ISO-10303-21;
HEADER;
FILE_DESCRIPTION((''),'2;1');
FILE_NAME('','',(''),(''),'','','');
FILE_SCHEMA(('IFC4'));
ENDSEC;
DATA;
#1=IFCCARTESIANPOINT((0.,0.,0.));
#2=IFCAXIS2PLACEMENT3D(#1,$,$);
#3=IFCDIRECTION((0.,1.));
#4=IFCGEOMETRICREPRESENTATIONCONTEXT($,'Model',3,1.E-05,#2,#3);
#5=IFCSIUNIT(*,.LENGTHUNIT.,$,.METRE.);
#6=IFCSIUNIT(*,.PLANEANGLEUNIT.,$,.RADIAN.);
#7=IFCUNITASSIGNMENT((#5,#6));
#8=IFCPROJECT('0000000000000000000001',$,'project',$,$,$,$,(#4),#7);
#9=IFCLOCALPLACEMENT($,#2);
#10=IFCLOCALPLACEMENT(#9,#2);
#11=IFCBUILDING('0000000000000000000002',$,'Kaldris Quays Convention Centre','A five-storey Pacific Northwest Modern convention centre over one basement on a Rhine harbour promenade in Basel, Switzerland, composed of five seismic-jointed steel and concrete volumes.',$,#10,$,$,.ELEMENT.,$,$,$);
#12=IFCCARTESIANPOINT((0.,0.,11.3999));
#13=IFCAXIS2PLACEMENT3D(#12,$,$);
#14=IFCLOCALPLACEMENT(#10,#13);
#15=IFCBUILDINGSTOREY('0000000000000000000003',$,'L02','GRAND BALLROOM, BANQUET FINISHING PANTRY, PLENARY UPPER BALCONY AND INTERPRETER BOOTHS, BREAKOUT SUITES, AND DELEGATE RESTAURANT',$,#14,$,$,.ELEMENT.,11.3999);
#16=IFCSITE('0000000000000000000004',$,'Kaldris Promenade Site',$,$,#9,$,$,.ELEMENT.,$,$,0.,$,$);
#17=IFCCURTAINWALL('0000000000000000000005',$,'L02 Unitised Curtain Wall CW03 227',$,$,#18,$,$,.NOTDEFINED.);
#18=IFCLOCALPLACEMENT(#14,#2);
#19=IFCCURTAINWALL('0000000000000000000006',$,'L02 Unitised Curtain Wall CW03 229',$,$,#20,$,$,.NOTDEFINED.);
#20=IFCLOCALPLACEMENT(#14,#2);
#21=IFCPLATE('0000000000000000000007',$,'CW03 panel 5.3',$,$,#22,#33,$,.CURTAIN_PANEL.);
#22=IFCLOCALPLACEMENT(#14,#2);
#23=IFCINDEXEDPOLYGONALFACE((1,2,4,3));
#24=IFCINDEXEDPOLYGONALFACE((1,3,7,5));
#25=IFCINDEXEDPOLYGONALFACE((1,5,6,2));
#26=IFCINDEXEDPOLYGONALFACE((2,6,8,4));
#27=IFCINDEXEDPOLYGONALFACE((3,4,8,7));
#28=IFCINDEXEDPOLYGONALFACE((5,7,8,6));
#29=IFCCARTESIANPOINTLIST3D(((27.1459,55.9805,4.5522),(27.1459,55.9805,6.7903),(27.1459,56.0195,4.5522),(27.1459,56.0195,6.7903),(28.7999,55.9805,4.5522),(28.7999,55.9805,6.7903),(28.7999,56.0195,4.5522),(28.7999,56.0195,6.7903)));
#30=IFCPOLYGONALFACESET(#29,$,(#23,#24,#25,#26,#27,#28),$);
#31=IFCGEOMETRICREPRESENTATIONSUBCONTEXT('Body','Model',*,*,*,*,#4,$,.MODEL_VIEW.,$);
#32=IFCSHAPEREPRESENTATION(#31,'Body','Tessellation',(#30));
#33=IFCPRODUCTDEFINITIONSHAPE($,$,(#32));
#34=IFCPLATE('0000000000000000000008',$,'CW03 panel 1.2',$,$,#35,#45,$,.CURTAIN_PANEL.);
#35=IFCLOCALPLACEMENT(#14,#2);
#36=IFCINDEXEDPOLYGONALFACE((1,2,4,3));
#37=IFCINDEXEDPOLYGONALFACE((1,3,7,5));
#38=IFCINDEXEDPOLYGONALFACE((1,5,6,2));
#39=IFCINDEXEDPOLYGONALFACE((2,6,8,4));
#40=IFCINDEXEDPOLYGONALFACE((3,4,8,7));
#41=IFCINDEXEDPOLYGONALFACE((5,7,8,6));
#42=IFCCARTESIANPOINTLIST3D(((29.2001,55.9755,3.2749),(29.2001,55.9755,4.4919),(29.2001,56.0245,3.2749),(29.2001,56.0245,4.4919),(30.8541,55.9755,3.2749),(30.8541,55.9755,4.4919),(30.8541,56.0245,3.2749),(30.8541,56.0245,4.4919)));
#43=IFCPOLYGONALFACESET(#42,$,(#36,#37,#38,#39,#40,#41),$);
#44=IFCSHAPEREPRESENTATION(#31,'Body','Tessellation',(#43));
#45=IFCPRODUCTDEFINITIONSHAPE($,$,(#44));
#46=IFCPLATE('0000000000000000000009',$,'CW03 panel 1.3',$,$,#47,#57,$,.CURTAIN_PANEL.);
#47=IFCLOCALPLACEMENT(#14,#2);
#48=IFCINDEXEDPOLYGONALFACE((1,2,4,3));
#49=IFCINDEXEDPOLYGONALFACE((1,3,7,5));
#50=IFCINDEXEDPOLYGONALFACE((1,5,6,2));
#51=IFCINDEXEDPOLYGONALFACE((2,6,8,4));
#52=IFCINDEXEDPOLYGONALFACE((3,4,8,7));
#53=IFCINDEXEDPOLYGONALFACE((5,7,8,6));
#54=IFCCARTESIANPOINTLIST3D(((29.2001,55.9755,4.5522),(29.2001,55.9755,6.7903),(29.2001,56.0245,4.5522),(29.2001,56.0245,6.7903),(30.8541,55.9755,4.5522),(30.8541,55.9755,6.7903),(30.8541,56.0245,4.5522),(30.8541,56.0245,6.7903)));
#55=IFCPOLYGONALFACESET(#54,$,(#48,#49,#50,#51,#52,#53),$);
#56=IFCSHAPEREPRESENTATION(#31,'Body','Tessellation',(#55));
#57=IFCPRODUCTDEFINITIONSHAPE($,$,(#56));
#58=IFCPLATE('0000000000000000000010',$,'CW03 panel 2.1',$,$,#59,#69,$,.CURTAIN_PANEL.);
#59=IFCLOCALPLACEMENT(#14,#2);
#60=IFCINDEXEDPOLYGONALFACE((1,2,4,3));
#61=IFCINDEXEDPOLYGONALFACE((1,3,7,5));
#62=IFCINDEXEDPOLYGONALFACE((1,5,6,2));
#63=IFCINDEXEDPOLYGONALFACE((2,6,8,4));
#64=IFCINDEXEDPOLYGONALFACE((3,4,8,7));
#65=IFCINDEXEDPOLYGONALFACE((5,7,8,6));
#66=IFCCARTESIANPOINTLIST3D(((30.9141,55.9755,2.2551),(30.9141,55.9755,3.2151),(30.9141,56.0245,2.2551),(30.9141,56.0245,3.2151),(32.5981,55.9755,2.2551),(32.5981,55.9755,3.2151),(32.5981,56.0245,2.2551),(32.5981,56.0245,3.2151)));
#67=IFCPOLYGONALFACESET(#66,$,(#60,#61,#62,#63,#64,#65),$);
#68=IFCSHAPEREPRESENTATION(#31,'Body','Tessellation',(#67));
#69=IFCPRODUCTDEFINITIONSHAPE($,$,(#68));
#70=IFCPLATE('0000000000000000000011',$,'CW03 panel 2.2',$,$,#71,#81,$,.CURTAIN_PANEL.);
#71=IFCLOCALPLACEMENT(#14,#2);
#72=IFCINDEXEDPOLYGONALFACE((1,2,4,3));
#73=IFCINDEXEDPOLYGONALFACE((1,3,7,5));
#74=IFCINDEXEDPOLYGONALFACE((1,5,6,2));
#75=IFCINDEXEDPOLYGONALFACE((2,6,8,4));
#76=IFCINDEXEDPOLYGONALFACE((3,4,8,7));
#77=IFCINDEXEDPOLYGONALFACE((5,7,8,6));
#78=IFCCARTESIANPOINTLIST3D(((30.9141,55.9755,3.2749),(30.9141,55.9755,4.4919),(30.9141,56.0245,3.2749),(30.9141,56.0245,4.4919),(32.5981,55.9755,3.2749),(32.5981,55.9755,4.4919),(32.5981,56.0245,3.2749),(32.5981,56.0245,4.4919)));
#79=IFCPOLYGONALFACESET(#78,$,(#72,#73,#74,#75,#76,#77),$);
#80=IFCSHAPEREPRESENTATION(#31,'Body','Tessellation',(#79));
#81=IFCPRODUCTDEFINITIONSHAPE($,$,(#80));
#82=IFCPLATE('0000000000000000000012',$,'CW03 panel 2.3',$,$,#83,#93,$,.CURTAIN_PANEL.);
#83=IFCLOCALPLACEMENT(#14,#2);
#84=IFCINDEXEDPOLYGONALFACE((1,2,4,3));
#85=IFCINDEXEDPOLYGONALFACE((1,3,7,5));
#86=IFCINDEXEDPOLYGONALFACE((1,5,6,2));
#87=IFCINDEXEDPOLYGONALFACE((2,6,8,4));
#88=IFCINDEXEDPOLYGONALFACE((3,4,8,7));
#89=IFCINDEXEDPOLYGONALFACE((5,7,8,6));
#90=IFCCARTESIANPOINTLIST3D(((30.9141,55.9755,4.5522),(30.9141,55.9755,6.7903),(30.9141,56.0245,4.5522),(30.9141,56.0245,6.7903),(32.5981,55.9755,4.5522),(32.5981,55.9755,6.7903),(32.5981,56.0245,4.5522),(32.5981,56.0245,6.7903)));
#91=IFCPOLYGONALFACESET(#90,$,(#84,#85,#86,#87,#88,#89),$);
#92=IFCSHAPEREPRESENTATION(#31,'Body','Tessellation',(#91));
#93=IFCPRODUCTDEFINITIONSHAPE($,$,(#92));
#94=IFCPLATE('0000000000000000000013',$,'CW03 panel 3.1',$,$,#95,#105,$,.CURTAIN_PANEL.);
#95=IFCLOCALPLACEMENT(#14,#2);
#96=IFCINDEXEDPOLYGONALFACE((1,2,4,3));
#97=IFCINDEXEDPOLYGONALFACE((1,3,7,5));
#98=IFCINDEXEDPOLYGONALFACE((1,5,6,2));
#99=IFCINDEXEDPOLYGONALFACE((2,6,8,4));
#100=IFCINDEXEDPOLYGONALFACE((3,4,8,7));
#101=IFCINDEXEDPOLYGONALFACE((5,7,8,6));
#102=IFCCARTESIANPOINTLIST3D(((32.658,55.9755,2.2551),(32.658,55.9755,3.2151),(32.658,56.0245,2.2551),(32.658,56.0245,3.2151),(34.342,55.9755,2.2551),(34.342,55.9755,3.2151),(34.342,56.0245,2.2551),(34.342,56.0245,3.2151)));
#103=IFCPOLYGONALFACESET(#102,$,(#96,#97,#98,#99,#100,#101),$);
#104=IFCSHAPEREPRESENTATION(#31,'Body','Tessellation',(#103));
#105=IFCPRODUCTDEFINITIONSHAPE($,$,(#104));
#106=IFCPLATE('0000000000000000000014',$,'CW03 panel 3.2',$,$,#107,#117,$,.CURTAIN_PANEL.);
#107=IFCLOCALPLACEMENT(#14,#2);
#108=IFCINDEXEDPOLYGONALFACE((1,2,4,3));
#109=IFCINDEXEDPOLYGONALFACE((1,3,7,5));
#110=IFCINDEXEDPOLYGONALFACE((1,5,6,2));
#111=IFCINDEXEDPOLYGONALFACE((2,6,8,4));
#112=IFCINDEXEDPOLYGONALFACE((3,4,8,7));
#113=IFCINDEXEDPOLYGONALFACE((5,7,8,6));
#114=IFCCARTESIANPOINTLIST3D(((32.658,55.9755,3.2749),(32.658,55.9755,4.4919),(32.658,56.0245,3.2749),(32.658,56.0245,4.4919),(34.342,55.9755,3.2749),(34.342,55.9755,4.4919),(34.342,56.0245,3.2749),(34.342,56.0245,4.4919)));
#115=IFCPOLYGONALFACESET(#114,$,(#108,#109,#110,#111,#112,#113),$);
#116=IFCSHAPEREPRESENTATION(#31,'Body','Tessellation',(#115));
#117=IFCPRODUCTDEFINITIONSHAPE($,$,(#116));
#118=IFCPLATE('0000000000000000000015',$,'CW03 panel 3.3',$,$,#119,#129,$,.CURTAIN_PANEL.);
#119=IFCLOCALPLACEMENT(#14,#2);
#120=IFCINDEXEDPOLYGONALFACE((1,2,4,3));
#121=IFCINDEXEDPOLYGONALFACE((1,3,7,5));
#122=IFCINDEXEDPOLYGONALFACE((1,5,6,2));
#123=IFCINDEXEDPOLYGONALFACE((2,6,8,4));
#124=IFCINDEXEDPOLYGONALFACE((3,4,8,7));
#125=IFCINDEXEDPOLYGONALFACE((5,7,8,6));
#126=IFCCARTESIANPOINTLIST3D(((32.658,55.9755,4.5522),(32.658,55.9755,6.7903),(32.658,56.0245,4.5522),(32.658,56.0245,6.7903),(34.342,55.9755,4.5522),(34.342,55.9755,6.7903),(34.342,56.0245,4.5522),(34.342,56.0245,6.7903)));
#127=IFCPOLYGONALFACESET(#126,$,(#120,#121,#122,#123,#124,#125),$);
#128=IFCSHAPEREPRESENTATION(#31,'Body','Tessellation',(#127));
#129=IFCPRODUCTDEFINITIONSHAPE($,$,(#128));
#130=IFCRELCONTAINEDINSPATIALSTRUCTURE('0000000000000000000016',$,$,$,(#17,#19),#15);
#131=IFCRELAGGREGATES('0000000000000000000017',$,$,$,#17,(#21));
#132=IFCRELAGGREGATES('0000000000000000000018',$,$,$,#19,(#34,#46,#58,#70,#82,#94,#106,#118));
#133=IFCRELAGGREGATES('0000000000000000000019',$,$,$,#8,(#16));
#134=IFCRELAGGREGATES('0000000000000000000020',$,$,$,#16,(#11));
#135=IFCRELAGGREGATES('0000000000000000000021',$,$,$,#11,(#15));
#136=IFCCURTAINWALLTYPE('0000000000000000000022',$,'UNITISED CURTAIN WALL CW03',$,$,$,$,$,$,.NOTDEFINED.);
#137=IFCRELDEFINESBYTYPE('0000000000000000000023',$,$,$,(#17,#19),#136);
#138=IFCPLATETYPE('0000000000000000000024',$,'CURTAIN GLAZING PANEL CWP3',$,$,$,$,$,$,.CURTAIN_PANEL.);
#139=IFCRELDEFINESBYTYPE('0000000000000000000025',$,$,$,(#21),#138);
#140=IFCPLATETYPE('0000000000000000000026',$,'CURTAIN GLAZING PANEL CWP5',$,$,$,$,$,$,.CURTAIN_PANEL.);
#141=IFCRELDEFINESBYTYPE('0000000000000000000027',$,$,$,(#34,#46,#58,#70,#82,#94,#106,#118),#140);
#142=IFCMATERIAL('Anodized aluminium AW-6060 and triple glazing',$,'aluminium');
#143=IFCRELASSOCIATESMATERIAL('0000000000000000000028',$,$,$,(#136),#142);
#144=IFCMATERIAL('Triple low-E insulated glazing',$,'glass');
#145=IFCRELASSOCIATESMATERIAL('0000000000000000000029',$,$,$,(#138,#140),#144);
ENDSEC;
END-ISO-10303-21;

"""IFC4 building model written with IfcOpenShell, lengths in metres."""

from ifc_helpers import new_model, si_unit, direction, frame, origin, origin_2d, place, context, subcontext, project, spatial, rectangle, extrude, material, type_object, element, aggregate, save


model = new_model("IFC4")

# Units and contexts
model_context = context("Model", 3, precision=1e-05, world=origin(), true_north=direction((0.0, 1.0)))
body_context = subcontext(model_context, "Body", "Model", "MODEL_VIEW")
ifc_project = project(units=[si_unit("LENGTHUNIT", "METRE"), si_unit("PLANEANGLEUNIT", "RADIAN")], contexts=[model_context])

# Site, building, storey
site_placement = place(None, origin())
site = spatial("IfcSite", under=ifc_project, at=site_placement, Name="Kaldris Promenade Site", CompositionType="ELEMENT", RefElevation=0.0)
building_placement = place(site_placement, origin())
building = spatial("IfcBuilding", under=site, at=building_placement, Name="Kaldris Quays Convention Centre", Description="A five-storey Pacific Northwest Modern convention centre over one basement on a Rhine harbour promenade in Basel, Switzerland, composed of five seismic-jointed steel and concrete volumes.", CompositionType="ELEMENT")
storey_placement = place(building_placement, frame((0.0, 0.0, 11.3999)))
storey = spatial("IfcBuildingStorey", under=building, at=storey_placement, Name="L02", Description="GRAND BALLROOM, BANQUET FINISHING PANTRY, PLENARY UPPER BALCONY AND INTERPRETER BOOTHS, BREAKOUT SUITES, AND DELEGATE RESTAURANT", CompositionType="ELEMENT", Elevation=11.3999)

# Curtain walls
ifc_material_1 = material(Name="Anodized aluminium AW-6060 and triple glazing", Category="aluminium")
curtain_wall_type = type_object("IfcCurtainWallType", Name="UNITISED CURTAIN WALL CW03", PredefinedType="NOTDEFINED", material=ifc_material_1)
curtain_wall_1_placement = place(storey_placement, origin())
curtain_wall_1 = element("IfcCurtainWall", 1, at=curtain_wall_1_placement, inside=storey, type_object=curtain_wall_type, Name="L02 Unitised Curtain Wall CW03 227", PredefinedType="NOTDEFINED")
curtain_wall_2_placement = place(storey_placement, origin())
curtain_wall_2 = element("IfcCurtainWall", 2, at=curtain_wall_2_placement, inside=storey, type_object=curtain_wall_type, Name="L02 Unitised Curtain Wall CW03 229", PredefinedType="NOTDEFINED")

# Plates
ifc_material_2 = material(Name="Triple low-E insulated glazing", Category="glass")
plate_type_1 = type_object("IfcPlateType", Name="CURTAIN GLAZING PANEL CWP3", PredefinedType="CURTAIN_PANEL", material=ifc_material_2)
plate_1_placement = place(storey_placement, frame((27.9729, 56.0, 4.5522), z_axis=(0.0, 0.0, 1.0), x_axis=(1.0, 0.0, 0.0)))
plate_1 = element("IfcPlate", 3, at=plate_1_placement, type_object=plate_type_1, Name="CW03 panel 5.3", PredefinedType="CURTAIN_PANEL", context=body_context, shape_type="SweptSolid", body=[
    extrude(rectangle(XDim=1.6541, YDim=0.0391, at=origin_2d()), origin(), (0.0, 0.0, 1.0), 2.238),
])
aggregate(curtain_wall_1, [plate_1])
plate_type_2 = type_object("IfcPlateType", Name="CURTAIN GLAZING PANEL CWP5", PredefinedType="CURTAIN_PANEL", material=ifc_material_2)
plate_2_placement = place(storey_placement, frame((30.0271, 56.0, 3.2749), z_axis=(0.0, 0.0, 1.0), x_axis=(1.0, 0.0, 0.0)))
plate_2 = element("IfcPlate", 4, at=plate_2_placement, type_object=plate_type_2, Name="CW03 panel 1.2", PredefinedType="CURTAIN_PANEL", context=body_context, shape_type="SweptSolid", body=[
    extrude(rectangle(XDim=1.6541, YDim=0.0491, at=origin_2d()), origin(), (0.0, 0.0, 1.0), 1.217),
])
plate_3_placement = place(storey_placement, frame((30.0271, 56.0, 4.5522), z_axis=(0.0, 0.0, 1.0), x_axis=(1.0, 0.0, 0.0)))
plate_3 = element("IfcPlate", 5, at=plate_3_placement, type_object=plate_type_2, Name="CW03 panel 1.3", PredefinedType="CURTAIN_PANEL", context=body_context, shape_type="SweptSolid", body=[
    extrude(rectangle(XDim=1.6541, YDim=0.0491, at=origin_2d()), origin(), (0.0, 0.0, 1.0), 2.238),
])
plate_4_placement = place(storey_placement, frame((31.7561, 56.0, 2.2551), z_axis=(0.0, 0.0, 1.0), x_axis=(1.0, 0.0, 0.0)))
plate_4 = element("IfcPlate", 6, at=plate_4_placement, type_object=plate_type_2, Name="CW03 panel 2.1", PredefinedType="CURTAIN_PANEL", context=body_context, shape_type="SweptSolid", body=[
    extrude(rectangle(XDim=1.6841, YDim=0.0491, at=origin_2d()), origin(), (0.0, 0.0, 1.0), 0.96),
])
plate_5_placement = place(storey_placement, frame((31.7561, 56.0, 3.2749), z_axis=(0.0, 0.0, 1.0), x_axis=(1.0, 0.0, 0.0)))
plate_5 = element("IfcPlate", 7, at=plate_5_placement, type_object=plate_type_2, Name="CW03 panel 2.2", PredefinedType="CURTAIN_PANEL", context=body_context, shape_type="SweptSolid", body=[
    extrude(rectangle(XDim=1.6841, YDim=0.0491, at=origin_2d()), origin(), (0.0, 0.0, 1.0), 1.217),
])
plate_6_placement = place(storey_placement, frame((31.7561, 56.0, 4.5522), z_axis=(0.0, 0.0, 1.0), x_axis=(1.0, 0.0, 0.0)))
plate_6 = element("IfcPlate", 8, at=plate_6_placement, type_object=plate_type_2, Name="CW03 panel 2.3", PredefinedType="CURTAIN_PANEL", context=body_context, shape_type="SweptSolid", body=[
    extrude(rectangle(XDim=1.6841, YDim=0.0491, at=origin_2d()), origin(), (0.0, 0.0, 1.0), 2.238),
])
plate_7_placement = place(storey_placement, frame((33.5, 56.0, 2.2551), z_axis=(0.0, 0.0, 1.0), x_axis=(1.0, 0.0, 0.0)))
plate_7 = element("IfcPlate", 9, at=plate_7_placement, type_object=plate_type_2, Name="CW03 panel 3.1", PredefinedType="CURTAIN_PANEL", context=body_context, shape_type="SweptSolid", body=[
    extrude(rectangle(XDim=1.6841, YDim=0.0491, at=origin_2d()), origin(), (0.0, 0.0, 1.0), 0.96),
])
plate_8_placement = place(storey_placement, frame((33.5, 56.0, 3.2749), z_axis=(0.0, 0.0, 1.0), x_axis=(1.0, 0.0, 0.0)))
plate_8 = element("IfcPlate", 10, at=plate_8_placement, type_object=plate_type_2, Name="CW03 panel 3.2", PredefinedType="CURTAIN_PANEL", context=body_context, shape_type="SweptSolid", body=[
    extrude(rectangle(XDim=1.6841, YDim=0.0491, at=origin_2d()), origin(), (0.0, 0.0, 1.0), 1.217),
])
plate_9_placement = place(storey_placement, frame((33.5, 56.0, 4.5522), z_axis=(0.0, 0.0, 1.0), x_axis=(1.0, 0.0, 0.0)))
plate_9 = element("IfcPlate", 11, at=plate_9_placement, type_object=plate_type_2, Name="CW03 panel 3.3", PredefinedType="CURTAIN_PANEL", context=body_context, shape_type="SweptSolid", body=[
    extrude(rectangle(XDim=1.6841, YDim=0.0491, at=origin_2d()), origin(), (0.0, 0.0, 1.0), 2.238),
])
aggregate(curtain_wall_2, [plate_2, plate_3, plate_4, plate_5, plate_6, plate_7, plate_8, plate_9])

save(model, "model.ifc")
